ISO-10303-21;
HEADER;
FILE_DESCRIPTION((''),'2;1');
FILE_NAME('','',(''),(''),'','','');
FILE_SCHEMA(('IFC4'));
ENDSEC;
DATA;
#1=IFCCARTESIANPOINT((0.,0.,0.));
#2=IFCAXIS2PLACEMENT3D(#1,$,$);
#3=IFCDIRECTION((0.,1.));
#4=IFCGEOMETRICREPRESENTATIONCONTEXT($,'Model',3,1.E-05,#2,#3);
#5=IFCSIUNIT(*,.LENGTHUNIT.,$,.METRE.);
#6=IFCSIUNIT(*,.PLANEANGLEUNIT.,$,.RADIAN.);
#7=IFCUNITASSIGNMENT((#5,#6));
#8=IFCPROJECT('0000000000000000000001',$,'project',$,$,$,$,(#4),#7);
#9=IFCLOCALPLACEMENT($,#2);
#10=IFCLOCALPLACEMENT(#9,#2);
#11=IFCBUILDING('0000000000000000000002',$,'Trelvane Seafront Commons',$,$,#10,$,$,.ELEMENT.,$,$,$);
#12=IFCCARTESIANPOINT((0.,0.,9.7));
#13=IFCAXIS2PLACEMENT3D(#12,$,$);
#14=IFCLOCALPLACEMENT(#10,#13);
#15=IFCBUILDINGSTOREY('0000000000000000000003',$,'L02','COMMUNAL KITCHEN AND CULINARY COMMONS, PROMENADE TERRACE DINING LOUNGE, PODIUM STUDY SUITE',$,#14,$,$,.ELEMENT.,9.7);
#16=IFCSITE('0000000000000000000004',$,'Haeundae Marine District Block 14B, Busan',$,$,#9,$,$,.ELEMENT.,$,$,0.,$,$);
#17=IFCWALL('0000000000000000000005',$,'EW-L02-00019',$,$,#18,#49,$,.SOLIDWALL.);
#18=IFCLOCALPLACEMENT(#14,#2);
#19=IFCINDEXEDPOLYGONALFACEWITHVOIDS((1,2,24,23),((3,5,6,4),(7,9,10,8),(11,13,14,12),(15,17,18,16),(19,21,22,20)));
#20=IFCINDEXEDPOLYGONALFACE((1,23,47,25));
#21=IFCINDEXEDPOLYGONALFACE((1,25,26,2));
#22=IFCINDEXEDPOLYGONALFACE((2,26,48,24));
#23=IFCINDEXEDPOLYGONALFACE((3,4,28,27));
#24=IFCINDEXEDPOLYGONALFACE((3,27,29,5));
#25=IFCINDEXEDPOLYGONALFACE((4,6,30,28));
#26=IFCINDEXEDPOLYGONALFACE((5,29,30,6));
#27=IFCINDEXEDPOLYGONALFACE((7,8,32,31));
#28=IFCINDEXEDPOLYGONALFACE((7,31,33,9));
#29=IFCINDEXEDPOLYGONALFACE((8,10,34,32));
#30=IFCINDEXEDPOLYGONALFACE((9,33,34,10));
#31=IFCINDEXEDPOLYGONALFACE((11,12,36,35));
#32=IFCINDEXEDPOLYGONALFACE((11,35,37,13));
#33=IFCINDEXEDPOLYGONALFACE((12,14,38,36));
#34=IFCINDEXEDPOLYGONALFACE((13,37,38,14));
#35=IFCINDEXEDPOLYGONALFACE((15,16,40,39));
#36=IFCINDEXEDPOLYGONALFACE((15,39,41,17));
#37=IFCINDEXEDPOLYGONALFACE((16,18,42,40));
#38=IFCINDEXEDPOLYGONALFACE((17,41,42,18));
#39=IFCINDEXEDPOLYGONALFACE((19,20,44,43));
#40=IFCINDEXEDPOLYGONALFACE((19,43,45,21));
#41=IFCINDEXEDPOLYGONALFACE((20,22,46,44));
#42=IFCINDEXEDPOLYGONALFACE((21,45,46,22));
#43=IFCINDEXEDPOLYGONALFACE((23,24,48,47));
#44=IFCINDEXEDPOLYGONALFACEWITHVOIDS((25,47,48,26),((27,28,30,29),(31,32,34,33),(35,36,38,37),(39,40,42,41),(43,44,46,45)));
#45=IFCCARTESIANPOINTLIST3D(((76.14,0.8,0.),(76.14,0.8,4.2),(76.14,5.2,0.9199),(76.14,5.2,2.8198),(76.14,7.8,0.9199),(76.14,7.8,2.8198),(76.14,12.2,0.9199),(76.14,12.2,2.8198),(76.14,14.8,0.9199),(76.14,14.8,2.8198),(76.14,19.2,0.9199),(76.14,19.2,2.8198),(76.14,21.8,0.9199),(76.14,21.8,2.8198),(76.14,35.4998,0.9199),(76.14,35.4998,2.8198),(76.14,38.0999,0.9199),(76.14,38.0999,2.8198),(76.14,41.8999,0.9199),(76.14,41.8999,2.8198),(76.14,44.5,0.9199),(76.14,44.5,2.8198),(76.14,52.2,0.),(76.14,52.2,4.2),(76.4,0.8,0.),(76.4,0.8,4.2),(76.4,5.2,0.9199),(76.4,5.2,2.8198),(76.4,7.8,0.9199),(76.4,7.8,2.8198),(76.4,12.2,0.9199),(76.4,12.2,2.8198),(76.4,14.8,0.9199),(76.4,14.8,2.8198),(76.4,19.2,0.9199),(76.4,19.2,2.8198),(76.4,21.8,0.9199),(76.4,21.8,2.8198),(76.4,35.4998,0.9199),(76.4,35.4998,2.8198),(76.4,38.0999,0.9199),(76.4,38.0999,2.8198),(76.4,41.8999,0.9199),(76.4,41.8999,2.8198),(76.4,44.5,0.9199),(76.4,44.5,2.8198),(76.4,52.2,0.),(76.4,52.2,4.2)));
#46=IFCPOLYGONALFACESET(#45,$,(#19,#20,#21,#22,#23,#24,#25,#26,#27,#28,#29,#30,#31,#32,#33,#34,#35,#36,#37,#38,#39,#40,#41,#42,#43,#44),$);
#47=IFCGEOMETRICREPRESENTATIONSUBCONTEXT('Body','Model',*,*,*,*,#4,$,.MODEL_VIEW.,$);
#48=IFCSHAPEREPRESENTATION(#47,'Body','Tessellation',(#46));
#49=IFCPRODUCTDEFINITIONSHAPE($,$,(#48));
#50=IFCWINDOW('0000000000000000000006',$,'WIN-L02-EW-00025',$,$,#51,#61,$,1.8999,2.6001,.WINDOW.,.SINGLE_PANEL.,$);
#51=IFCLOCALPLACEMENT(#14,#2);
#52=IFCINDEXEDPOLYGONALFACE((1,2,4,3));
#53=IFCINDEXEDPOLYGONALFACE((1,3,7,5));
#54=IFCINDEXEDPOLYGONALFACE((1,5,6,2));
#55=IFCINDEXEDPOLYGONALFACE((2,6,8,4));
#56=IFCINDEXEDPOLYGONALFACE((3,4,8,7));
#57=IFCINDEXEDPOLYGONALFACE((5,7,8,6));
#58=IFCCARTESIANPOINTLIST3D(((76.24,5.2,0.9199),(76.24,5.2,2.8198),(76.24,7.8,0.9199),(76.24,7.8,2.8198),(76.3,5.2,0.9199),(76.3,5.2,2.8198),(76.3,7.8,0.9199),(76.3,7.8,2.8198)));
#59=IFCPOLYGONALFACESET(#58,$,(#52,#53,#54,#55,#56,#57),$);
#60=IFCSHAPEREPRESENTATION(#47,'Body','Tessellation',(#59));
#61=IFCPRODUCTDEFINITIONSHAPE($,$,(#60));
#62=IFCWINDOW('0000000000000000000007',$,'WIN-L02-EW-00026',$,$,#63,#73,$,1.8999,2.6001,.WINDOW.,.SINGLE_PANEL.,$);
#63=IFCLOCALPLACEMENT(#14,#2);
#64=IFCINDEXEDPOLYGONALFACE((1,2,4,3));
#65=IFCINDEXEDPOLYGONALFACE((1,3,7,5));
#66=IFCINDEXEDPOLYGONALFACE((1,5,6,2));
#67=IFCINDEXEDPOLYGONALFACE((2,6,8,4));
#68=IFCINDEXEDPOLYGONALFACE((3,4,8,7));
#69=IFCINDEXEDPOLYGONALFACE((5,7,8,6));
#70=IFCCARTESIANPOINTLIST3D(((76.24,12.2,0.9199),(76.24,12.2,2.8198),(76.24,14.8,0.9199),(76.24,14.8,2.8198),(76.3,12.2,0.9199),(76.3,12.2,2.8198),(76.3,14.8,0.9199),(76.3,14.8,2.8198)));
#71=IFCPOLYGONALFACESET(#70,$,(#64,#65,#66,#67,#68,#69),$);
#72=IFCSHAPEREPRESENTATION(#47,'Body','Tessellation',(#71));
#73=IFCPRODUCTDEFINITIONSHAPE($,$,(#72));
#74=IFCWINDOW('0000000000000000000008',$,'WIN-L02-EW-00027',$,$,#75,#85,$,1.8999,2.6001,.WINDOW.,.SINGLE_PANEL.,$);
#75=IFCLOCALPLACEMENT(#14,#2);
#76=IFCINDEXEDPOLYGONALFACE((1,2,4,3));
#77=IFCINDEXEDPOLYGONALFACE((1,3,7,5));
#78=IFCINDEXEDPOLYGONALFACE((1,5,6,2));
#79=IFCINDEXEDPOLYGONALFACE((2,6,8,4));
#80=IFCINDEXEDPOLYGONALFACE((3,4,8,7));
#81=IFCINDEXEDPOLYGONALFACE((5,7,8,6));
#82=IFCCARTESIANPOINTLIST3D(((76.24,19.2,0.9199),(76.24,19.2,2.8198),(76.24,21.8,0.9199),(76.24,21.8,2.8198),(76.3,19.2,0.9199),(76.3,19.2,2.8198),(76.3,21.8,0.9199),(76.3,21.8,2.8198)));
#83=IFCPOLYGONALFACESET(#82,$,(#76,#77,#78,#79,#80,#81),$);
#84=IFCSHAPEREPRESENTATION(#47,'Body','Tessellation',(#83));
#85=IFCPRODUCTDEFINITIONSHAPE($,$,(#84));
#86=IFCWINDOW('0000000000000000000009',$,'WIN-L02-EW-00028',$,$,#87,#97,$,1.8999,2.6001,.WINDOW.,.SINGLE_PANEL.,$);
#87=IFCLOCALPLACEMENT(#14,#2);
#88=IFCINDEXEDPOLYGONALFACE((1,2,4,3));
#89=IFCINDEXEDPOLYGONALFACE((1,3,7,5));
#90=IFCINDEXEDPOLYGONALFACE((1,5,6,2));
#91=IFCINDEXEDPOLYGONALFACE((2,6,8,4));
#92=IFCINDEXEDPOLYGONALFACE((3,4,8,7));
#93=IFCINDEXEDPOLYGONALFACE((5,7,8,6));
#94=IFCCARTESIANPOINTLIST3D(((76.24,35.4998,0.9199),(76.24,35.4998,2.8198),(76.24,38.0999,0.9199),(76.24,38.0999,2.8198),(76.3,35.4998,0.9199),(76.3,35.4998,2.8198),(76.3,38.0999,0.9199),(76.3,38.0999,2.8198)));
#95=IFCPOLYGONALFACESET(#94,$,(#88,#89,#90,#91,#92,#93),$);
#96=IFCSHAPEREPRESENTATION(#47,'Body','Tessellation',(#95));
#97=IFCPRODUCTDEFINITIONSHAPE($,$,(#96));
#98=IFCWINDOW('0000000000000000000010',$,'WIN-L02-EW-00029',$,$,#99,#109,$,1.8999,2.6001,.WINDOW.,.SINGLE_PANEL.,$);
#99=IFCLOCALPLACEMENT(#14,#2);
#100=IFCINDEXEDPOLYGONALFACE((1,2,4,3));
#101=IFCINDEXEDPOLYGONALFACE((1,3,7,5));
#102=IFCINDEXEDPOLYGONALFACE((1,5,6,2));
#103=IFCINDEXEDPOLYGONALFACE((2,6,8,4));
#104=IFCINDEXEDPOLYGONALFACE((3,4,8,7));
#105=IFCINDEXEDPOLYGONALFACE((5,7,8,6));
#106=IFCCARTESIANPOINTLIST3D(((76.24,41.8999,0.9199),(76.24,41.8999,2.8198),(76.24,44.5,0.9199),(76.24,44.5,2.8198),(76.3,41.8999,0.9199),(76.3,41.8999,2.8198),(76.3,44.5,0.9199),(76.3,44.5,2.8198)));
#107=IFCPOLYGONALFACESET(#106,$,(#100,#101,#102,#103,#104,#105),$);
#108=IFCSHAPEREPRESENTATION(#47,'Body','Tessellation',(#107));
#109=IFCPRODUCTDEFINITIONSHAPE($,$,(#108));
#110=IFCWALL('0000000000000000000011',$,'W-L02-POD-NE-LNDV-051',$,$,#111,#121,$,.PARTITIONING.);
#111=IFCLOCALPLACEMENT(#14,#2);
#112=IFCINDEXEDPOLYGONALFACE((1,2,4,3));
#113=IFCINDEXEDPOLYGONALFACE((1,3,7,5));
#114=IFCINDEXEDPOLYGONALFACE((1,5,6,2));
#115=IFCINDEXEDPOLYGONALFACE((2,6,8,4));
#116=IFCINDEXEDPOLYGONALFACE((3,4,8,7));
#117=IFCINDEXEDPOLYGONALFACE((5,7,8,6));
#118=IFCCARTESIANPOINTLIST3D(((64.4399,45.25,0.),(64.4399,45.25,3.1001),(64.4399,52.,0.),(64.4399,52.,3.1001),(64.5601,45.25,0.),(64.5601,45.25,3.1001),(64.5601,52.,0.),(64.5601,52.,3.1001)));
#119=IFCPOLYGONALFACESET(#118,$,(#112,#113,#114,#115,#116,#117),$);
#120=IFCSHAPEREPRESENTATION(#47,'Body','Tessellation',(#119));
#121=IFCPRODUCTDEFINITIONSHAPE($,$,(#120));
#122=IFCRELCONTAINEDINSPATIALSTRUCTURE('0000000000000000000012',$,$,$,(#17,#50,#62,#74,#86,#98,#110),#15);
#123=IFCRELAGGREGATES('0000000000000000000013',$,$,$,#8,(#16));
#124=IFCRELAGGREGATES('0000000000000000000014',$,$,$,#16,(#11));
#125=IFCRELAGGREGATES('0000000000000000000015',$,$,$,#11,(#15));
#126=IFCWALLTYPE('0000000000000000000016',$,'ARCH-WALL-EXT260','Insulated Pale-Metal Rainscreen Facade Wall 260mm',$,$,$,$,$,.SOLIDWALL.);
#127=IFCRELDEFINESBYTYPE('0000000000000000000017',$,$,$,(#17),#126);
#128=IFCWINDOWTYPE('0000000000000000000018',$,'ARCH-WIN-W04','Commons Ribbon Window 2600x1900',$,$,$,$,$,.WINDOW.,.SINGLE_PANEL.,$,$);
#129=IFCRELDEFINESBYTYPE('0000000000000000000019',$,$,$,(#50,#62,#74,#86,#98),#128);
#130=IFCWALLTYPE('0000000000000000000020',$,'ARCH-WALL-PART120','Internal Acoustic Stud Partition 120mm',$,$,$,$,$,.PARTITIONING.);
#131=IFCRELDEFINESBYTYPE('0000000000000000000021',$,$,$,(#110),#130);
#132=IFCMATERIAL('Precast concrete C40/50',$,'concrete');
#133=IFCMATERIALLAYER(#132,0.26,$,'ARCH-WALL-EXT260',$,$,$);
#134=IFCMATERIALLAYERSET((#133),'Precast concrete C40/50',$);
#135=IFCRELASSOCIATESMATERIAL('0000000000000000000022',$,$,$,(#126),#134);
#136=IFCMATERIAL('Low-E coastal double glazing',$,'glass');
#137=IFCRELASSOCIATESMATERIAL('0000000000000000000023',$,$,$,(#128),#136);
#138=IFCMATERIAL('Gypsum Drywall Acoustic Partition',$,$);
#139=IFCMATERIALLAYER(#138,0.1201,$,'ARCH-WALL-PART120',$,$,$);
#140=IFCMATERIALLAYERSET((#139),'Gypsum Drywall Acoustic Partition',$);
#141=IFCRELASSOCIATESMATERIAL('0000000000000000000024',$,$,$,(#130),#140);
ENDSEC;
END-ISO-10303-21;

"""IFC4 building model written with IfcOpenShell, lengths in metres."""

from ifc_helpers import new_model, si_unit, direction, frame, frame_2d, origin, place, context, subcontext, project, spatial, rectangle, extrude, source, transform, mapped, material, layer, layer_set, type_object, element, fill, save


model = new_model("IFC4")

# Units and contexts
model_context = context("Model", 3, precision=1e-05, world=origin(), true_north=direction((0.0, 1.0)))
body_context = subcontext(model_context, "Body", "Model", "MODEL_VIEW")
ifc_project = project(units=[si_unit("LENGTHUNIT", "METRE"), si_unit("PLANEANGLEUNIT", "RADIAN")], contexts=[model_context])

# Site, building, storey
site_placement = place(None, origin())
site = spatial("IfcSite", under=ifc_project, at=site_placement, Name="Haeundae Marine District Block 14B, Busan", CompositionType="ELEMENT", RefElevation=0.0)
building_placement = place(site_placement, origin())
building = spatial("IfcBuilding", under=site, at=building_placement, Name="Trelvane Seafront Commons", CompositionType="ELEMENT")
storey_placement = place(building_placement, frame((0.0, 0.0, 9.7)))
storey = spatial("IfcBuildingStorey", under=building, at=storey_placement, Name="L02", Description="COMMUNAL KITCHEN AND CULINARY COMMONS, PROMENADE TERRACE DINING LOUNGE, PODIUM STUDY SUITE", CompositionType="ELEMENT", Elevation=9.7)

# Wall, openings, windows
ifc_material_1 = material(Name="Precast concrete C40/50", Category="concrete")
ifc_layer_1 = layer(ifc_material_1, 0.26, Name="ARCH-WALL-EXT260")
ifc_layer_set_1 = layer_set([ifc_layer_1], Name="Precast concrete C40/50")
wall_type_1 = type_object("IfcWallType", Name="ARCH-WALL-EXT260", Description="Insulated Pale-Metal Rainscreen Facade Wall 260mm", PredefinedType="SOLIDWALL", material=ifc_layer_set_1)
ifc_material_2 = material(Name="Low-E coastal double glazing", Category="glass")
wall_1_placement = place(storey_placement, frame((76.27, 52.2, 0.0), z_axis=(0.0, 0.0, 1.0), x_axis=(0.0, -1.0, 0.0)))
wall_1 = element("IfcWall", 1, at=wall_1_placement, inside=storey, type_object=wall_type_1, Name="EW-L02-00019", PredefinedType="SOLIDWALL", context=body_context, shape_type="SweptSolid", body=[
    extrude(rectangle(XDim=51.3999, YDim=0.26, at=frame_2d((25.7, 0.0))), origin(), (0.0, 0.0, 1.0), 4.2),
])
opening_1_placement = place(wall_1_placement, frame((44.3999, 0.0, 0.9199)))
opening_1 = element("IfcOpeningElement", 2, at=opening_1_placement, cuts=wall_1, PredefinedType="OPENING", context=body_context, shape_type="SweptSolid", body=[
    extrude(rectangle(XDim=2.6001, YDim=1.8999, at=frame_2d((1.3, 0.95))), frame((0.0, 0.1399, 0.0), z_axis=(0.0, -1.0, 0.0), x_axis=(1.0, 0.0, 0.0)), (0.0, 0.0, 1.0), 0.28),
])
opening_2_placement = place(wall_1_placement, frame((37.3999, 0.0, 0.9199)))
opening_2 = element("IfcOpeningElement", 3, at=opening_2_placement, cuts=wall_1, PredefinedType="OPENING", context=body_context, shape_type="SweptSolid", body=[
    extrude(rectangle(XDim=2.6001, YDim=1.8999, at=frame_2d((1.3, 0.95))), frame((0.0, 0.1399, 0.0), z_axis=(0.0, -1.0, 0.0), x_axis=(1.0, 0.0, 0.0)), (0.0, 0.0, 1.0), 0.28),
])
opening_3_placement = place(wall_1_placement, frame((30.3999, 0.0, 0.9199)))
opening_3 = element("IfcOpeningElement", 4, at=opening_3_placement, cuts=wall_1, PredefinedType="OPENING", context=body_context, shape_type="SweptSolid", body=[
    extrude(rectangle(XDim=2.6001, YDim=1.8999, at=frame_2d((1.3, 0.95))), frame((0.0, 0.1399, 0.0), z_axis=(0.0, -1.0, 0.0), x_axis=(1.0, 0.0, 0.0)), (0.0, 0.0, 1.0), 0.28),
])
opening_4_placement = place(wall_1_placement, frame((14.1001, 0.0, 0.9199)))
opening_4 = element("IfcOpeningElement", 5, at=opening_4_placement, cuts=wall_1, PredefinedType="OPENING", context=body_context, shape_type="SweptSolid", body=[
    extrude(rectangle(XDim=2.6001, YDim=1.8999, at=frame_2d((1.3, 0.95))), frame((0.0, 0.1399, 0.0), z_axis=(0.0, -1.0, 0.0), x_axis=(1.0, 0.0, 0.0)), (0.0, 0.0, 1.0), 0.28),
])
opening_5_placement = place(wall_1_placement, frame((7.7, 0.0, 0.9199)))
opening_5 = element("IfcOpeningElement", 6, at=opening_5_placement, cuts=wall_1, PredefinedType="OPENING", context=body_context, shape_type="SweptSolid", body=[
    extrude(rectangle(XDim=2.6001, YDim=1.8999, at=frame_2d((1.3, 0.95))), frame((0.0, 0.1399, 0.0), z_axis=(0.0, -1.0, 0.0), x_axis=(1.0, 0.0, 0.0)), (0.0, 0.0, 1.0), 0.28),
])
window_type_1 = type_object("IfcWindowType", Name="ARCH-WIN-W04", Description="Commons Ribbon Window 2600x1900", PartitioningType="SINGLE_PANEL", PredefinedType="WINDOW", material=ifc_material_2)
shared_shape_1 = source(origin(), body_context, "Body", "SweptSolid", [
    extrude(rectangle(XDim=2.6001, YDim=1.8999, at=frame_2d((1.3, 0.95))), frame((0.0, 0.03, 0.0), z_axis=(0.0, -1.0, 0.0), x_axis=(1.0, 0.0, 0.0)), (0.0, 0.0, 1.0), 0.0601),
])
window_1_placement = place(opening_1_placement, origin())
window_1 = element("IfcWindow", 7, at=window_1_placement, inside=storey, type_object=window_type_1, Name="WIN-L02-EW-00025", OverallHeight=1.8999, OverallWidth=2.6001, PartitioningType="SINGLE_PANEL", PredefinedType="WINDOW", context=body_context, shape_type="MappedRepresentation", body=[
    mapped(shared_shape_1, transform((0.0, 0.0, 0.0), x_axis=(1.0, 0.0, 0.0), y_axis=(0.0, 1.0, 0.0), z_axis=(0.0, 0.0, 1.0), scale=1.0)),
])
fill(opening_1, window_1)
window_2_placement = place(opening_2_placement, origin())
window_2 = element("IfcWindow", 8, at=window_2_placement, inside=storey, type_object=window_type_1, Name="WIN-L02-EW-00026", OverallHeight=1.8999, OverallWidth=2.6001, PartitioningType="SINGLE_PANEL", PredefinedType="WINDOW", context=body_context, shape_type="MappedRepresentation", body=[
    mapped(shared_shape_1, transform((0.0, 0.0, 0.0), x_axis=(1.0, 0.0, 0.0), y_axis=(0.0, 1.0, 0.0), z_axis=(0.0, 0.0, 1.0), scale=1.0)),
])
fill(opening_2, window_2)
window_3_placement = place(opening_3_placement, origin())
window_3 = element("IfcWindow", 9, at=window_3_placement, inside=storey, type_object=window_type_1, Name="WIN-L02-EW-00027", OverallHeight=1.8999, OverallWidth=2.6001, PartitioningType="SINGLE_PANEL", PredefinedType="WINDOW", context=body_context, shape_type="MappedRepresentation", body=[
    mapped(shared_shape_1, transform((0.0, 0.0, 0.0), x_axis=(1.0, 0.0, 0.0), y_axis=(0.0, 1.0, 0.0), z_axis=(0.0, 0.0, 1.0), scale=1.0)),
])
fill(opening_3, window_3)
window_4_placement = place(opening_4_placement, origin())
window_4 = element("IfcWindow", 10, at=window_4_placement, inside=storey, type_object=window_type_1, Name="WIN-L02-EW-00028", OverallHeight=1.8999, OverallWidth=2.6001, PartitioningType="SINGLE_PANEL", PredefinedType="WINDOW", context=body_context, shape_type="MappedRepresentation", body=[
    mapped(shared_shape_1, transform((0.0, 0.0, 0.0), x_axis=(1.0, 0.0, 0.0), y_axis=(0.0, 1.0, 0.0), z_axis=(0.0, 0.0, 1.0), scale=1.0)),
])
fill(opening_4, window_4)
window_5_placement = place(opening_5_placement, origin())
window_5 = element("IfcWindow", 11, at=window_5_placement, inside=storey, type_object=window_type_1, Name="WIN-L02-EW-00029", OverallHeight=1.8999, OverallWidth=2.6001, PartitioningType="SINGLE_PANEL", PredefinedType="WINDOW", context=body_context, shape_type="MappedRepresentation", body=[
    mapped(shared_shape_1, transform((0.0, 0.0, 0.0), x_axis=(1.0, 0.0, 0.0), y_axis=(0.0, 1.0, 0.0), z_axis=(0.0, 0.0, 1.0), scale=1.0)),
])
fill(opening_5, window_5)

# Wall
ifc_material_3 = material(Name="Gypsum Drywall Acoustic Partition")
ifc_layer_2 = layer(ifc_material_3, 0.1201, Name="ARCH-WALL-PART120")
ifc_layer_set_2 = layer_set([ifc_layer_2], Name="Gypsum Drywall Acoustic Partition")
wall_type_2 = type_object("IfcWallType", Name="ARCH-WALL-PART120", Description="Internal Acoustic Stud Partition 120mm", PredefinedType="PARTITIONING", material=ifc_layer_set_2)
wall_2_placement = place(storey_placement, frame((64.5, 45.25, 0.0), z_axis=(0.0, 0.0, 1.0), x_axis=(0.0, 1.0, 0.0)))
element("IfcWall", 12, at=wall_2_placement, inside=storey, type_object=wall_type_2, Name="W-L02-POD-NE-LNDV-051", PredefinedType="PARTITIONING", context=body_context, shape_type="SweptSolid", body=[
    extrude(rectangle(XDim=6.75, YDim=0.1201, at=frame_2d((3.375, 0.0))), origin(), (0.0, 0.0, 1.0), 3.1001),
])

save(model, "model.ifc")
